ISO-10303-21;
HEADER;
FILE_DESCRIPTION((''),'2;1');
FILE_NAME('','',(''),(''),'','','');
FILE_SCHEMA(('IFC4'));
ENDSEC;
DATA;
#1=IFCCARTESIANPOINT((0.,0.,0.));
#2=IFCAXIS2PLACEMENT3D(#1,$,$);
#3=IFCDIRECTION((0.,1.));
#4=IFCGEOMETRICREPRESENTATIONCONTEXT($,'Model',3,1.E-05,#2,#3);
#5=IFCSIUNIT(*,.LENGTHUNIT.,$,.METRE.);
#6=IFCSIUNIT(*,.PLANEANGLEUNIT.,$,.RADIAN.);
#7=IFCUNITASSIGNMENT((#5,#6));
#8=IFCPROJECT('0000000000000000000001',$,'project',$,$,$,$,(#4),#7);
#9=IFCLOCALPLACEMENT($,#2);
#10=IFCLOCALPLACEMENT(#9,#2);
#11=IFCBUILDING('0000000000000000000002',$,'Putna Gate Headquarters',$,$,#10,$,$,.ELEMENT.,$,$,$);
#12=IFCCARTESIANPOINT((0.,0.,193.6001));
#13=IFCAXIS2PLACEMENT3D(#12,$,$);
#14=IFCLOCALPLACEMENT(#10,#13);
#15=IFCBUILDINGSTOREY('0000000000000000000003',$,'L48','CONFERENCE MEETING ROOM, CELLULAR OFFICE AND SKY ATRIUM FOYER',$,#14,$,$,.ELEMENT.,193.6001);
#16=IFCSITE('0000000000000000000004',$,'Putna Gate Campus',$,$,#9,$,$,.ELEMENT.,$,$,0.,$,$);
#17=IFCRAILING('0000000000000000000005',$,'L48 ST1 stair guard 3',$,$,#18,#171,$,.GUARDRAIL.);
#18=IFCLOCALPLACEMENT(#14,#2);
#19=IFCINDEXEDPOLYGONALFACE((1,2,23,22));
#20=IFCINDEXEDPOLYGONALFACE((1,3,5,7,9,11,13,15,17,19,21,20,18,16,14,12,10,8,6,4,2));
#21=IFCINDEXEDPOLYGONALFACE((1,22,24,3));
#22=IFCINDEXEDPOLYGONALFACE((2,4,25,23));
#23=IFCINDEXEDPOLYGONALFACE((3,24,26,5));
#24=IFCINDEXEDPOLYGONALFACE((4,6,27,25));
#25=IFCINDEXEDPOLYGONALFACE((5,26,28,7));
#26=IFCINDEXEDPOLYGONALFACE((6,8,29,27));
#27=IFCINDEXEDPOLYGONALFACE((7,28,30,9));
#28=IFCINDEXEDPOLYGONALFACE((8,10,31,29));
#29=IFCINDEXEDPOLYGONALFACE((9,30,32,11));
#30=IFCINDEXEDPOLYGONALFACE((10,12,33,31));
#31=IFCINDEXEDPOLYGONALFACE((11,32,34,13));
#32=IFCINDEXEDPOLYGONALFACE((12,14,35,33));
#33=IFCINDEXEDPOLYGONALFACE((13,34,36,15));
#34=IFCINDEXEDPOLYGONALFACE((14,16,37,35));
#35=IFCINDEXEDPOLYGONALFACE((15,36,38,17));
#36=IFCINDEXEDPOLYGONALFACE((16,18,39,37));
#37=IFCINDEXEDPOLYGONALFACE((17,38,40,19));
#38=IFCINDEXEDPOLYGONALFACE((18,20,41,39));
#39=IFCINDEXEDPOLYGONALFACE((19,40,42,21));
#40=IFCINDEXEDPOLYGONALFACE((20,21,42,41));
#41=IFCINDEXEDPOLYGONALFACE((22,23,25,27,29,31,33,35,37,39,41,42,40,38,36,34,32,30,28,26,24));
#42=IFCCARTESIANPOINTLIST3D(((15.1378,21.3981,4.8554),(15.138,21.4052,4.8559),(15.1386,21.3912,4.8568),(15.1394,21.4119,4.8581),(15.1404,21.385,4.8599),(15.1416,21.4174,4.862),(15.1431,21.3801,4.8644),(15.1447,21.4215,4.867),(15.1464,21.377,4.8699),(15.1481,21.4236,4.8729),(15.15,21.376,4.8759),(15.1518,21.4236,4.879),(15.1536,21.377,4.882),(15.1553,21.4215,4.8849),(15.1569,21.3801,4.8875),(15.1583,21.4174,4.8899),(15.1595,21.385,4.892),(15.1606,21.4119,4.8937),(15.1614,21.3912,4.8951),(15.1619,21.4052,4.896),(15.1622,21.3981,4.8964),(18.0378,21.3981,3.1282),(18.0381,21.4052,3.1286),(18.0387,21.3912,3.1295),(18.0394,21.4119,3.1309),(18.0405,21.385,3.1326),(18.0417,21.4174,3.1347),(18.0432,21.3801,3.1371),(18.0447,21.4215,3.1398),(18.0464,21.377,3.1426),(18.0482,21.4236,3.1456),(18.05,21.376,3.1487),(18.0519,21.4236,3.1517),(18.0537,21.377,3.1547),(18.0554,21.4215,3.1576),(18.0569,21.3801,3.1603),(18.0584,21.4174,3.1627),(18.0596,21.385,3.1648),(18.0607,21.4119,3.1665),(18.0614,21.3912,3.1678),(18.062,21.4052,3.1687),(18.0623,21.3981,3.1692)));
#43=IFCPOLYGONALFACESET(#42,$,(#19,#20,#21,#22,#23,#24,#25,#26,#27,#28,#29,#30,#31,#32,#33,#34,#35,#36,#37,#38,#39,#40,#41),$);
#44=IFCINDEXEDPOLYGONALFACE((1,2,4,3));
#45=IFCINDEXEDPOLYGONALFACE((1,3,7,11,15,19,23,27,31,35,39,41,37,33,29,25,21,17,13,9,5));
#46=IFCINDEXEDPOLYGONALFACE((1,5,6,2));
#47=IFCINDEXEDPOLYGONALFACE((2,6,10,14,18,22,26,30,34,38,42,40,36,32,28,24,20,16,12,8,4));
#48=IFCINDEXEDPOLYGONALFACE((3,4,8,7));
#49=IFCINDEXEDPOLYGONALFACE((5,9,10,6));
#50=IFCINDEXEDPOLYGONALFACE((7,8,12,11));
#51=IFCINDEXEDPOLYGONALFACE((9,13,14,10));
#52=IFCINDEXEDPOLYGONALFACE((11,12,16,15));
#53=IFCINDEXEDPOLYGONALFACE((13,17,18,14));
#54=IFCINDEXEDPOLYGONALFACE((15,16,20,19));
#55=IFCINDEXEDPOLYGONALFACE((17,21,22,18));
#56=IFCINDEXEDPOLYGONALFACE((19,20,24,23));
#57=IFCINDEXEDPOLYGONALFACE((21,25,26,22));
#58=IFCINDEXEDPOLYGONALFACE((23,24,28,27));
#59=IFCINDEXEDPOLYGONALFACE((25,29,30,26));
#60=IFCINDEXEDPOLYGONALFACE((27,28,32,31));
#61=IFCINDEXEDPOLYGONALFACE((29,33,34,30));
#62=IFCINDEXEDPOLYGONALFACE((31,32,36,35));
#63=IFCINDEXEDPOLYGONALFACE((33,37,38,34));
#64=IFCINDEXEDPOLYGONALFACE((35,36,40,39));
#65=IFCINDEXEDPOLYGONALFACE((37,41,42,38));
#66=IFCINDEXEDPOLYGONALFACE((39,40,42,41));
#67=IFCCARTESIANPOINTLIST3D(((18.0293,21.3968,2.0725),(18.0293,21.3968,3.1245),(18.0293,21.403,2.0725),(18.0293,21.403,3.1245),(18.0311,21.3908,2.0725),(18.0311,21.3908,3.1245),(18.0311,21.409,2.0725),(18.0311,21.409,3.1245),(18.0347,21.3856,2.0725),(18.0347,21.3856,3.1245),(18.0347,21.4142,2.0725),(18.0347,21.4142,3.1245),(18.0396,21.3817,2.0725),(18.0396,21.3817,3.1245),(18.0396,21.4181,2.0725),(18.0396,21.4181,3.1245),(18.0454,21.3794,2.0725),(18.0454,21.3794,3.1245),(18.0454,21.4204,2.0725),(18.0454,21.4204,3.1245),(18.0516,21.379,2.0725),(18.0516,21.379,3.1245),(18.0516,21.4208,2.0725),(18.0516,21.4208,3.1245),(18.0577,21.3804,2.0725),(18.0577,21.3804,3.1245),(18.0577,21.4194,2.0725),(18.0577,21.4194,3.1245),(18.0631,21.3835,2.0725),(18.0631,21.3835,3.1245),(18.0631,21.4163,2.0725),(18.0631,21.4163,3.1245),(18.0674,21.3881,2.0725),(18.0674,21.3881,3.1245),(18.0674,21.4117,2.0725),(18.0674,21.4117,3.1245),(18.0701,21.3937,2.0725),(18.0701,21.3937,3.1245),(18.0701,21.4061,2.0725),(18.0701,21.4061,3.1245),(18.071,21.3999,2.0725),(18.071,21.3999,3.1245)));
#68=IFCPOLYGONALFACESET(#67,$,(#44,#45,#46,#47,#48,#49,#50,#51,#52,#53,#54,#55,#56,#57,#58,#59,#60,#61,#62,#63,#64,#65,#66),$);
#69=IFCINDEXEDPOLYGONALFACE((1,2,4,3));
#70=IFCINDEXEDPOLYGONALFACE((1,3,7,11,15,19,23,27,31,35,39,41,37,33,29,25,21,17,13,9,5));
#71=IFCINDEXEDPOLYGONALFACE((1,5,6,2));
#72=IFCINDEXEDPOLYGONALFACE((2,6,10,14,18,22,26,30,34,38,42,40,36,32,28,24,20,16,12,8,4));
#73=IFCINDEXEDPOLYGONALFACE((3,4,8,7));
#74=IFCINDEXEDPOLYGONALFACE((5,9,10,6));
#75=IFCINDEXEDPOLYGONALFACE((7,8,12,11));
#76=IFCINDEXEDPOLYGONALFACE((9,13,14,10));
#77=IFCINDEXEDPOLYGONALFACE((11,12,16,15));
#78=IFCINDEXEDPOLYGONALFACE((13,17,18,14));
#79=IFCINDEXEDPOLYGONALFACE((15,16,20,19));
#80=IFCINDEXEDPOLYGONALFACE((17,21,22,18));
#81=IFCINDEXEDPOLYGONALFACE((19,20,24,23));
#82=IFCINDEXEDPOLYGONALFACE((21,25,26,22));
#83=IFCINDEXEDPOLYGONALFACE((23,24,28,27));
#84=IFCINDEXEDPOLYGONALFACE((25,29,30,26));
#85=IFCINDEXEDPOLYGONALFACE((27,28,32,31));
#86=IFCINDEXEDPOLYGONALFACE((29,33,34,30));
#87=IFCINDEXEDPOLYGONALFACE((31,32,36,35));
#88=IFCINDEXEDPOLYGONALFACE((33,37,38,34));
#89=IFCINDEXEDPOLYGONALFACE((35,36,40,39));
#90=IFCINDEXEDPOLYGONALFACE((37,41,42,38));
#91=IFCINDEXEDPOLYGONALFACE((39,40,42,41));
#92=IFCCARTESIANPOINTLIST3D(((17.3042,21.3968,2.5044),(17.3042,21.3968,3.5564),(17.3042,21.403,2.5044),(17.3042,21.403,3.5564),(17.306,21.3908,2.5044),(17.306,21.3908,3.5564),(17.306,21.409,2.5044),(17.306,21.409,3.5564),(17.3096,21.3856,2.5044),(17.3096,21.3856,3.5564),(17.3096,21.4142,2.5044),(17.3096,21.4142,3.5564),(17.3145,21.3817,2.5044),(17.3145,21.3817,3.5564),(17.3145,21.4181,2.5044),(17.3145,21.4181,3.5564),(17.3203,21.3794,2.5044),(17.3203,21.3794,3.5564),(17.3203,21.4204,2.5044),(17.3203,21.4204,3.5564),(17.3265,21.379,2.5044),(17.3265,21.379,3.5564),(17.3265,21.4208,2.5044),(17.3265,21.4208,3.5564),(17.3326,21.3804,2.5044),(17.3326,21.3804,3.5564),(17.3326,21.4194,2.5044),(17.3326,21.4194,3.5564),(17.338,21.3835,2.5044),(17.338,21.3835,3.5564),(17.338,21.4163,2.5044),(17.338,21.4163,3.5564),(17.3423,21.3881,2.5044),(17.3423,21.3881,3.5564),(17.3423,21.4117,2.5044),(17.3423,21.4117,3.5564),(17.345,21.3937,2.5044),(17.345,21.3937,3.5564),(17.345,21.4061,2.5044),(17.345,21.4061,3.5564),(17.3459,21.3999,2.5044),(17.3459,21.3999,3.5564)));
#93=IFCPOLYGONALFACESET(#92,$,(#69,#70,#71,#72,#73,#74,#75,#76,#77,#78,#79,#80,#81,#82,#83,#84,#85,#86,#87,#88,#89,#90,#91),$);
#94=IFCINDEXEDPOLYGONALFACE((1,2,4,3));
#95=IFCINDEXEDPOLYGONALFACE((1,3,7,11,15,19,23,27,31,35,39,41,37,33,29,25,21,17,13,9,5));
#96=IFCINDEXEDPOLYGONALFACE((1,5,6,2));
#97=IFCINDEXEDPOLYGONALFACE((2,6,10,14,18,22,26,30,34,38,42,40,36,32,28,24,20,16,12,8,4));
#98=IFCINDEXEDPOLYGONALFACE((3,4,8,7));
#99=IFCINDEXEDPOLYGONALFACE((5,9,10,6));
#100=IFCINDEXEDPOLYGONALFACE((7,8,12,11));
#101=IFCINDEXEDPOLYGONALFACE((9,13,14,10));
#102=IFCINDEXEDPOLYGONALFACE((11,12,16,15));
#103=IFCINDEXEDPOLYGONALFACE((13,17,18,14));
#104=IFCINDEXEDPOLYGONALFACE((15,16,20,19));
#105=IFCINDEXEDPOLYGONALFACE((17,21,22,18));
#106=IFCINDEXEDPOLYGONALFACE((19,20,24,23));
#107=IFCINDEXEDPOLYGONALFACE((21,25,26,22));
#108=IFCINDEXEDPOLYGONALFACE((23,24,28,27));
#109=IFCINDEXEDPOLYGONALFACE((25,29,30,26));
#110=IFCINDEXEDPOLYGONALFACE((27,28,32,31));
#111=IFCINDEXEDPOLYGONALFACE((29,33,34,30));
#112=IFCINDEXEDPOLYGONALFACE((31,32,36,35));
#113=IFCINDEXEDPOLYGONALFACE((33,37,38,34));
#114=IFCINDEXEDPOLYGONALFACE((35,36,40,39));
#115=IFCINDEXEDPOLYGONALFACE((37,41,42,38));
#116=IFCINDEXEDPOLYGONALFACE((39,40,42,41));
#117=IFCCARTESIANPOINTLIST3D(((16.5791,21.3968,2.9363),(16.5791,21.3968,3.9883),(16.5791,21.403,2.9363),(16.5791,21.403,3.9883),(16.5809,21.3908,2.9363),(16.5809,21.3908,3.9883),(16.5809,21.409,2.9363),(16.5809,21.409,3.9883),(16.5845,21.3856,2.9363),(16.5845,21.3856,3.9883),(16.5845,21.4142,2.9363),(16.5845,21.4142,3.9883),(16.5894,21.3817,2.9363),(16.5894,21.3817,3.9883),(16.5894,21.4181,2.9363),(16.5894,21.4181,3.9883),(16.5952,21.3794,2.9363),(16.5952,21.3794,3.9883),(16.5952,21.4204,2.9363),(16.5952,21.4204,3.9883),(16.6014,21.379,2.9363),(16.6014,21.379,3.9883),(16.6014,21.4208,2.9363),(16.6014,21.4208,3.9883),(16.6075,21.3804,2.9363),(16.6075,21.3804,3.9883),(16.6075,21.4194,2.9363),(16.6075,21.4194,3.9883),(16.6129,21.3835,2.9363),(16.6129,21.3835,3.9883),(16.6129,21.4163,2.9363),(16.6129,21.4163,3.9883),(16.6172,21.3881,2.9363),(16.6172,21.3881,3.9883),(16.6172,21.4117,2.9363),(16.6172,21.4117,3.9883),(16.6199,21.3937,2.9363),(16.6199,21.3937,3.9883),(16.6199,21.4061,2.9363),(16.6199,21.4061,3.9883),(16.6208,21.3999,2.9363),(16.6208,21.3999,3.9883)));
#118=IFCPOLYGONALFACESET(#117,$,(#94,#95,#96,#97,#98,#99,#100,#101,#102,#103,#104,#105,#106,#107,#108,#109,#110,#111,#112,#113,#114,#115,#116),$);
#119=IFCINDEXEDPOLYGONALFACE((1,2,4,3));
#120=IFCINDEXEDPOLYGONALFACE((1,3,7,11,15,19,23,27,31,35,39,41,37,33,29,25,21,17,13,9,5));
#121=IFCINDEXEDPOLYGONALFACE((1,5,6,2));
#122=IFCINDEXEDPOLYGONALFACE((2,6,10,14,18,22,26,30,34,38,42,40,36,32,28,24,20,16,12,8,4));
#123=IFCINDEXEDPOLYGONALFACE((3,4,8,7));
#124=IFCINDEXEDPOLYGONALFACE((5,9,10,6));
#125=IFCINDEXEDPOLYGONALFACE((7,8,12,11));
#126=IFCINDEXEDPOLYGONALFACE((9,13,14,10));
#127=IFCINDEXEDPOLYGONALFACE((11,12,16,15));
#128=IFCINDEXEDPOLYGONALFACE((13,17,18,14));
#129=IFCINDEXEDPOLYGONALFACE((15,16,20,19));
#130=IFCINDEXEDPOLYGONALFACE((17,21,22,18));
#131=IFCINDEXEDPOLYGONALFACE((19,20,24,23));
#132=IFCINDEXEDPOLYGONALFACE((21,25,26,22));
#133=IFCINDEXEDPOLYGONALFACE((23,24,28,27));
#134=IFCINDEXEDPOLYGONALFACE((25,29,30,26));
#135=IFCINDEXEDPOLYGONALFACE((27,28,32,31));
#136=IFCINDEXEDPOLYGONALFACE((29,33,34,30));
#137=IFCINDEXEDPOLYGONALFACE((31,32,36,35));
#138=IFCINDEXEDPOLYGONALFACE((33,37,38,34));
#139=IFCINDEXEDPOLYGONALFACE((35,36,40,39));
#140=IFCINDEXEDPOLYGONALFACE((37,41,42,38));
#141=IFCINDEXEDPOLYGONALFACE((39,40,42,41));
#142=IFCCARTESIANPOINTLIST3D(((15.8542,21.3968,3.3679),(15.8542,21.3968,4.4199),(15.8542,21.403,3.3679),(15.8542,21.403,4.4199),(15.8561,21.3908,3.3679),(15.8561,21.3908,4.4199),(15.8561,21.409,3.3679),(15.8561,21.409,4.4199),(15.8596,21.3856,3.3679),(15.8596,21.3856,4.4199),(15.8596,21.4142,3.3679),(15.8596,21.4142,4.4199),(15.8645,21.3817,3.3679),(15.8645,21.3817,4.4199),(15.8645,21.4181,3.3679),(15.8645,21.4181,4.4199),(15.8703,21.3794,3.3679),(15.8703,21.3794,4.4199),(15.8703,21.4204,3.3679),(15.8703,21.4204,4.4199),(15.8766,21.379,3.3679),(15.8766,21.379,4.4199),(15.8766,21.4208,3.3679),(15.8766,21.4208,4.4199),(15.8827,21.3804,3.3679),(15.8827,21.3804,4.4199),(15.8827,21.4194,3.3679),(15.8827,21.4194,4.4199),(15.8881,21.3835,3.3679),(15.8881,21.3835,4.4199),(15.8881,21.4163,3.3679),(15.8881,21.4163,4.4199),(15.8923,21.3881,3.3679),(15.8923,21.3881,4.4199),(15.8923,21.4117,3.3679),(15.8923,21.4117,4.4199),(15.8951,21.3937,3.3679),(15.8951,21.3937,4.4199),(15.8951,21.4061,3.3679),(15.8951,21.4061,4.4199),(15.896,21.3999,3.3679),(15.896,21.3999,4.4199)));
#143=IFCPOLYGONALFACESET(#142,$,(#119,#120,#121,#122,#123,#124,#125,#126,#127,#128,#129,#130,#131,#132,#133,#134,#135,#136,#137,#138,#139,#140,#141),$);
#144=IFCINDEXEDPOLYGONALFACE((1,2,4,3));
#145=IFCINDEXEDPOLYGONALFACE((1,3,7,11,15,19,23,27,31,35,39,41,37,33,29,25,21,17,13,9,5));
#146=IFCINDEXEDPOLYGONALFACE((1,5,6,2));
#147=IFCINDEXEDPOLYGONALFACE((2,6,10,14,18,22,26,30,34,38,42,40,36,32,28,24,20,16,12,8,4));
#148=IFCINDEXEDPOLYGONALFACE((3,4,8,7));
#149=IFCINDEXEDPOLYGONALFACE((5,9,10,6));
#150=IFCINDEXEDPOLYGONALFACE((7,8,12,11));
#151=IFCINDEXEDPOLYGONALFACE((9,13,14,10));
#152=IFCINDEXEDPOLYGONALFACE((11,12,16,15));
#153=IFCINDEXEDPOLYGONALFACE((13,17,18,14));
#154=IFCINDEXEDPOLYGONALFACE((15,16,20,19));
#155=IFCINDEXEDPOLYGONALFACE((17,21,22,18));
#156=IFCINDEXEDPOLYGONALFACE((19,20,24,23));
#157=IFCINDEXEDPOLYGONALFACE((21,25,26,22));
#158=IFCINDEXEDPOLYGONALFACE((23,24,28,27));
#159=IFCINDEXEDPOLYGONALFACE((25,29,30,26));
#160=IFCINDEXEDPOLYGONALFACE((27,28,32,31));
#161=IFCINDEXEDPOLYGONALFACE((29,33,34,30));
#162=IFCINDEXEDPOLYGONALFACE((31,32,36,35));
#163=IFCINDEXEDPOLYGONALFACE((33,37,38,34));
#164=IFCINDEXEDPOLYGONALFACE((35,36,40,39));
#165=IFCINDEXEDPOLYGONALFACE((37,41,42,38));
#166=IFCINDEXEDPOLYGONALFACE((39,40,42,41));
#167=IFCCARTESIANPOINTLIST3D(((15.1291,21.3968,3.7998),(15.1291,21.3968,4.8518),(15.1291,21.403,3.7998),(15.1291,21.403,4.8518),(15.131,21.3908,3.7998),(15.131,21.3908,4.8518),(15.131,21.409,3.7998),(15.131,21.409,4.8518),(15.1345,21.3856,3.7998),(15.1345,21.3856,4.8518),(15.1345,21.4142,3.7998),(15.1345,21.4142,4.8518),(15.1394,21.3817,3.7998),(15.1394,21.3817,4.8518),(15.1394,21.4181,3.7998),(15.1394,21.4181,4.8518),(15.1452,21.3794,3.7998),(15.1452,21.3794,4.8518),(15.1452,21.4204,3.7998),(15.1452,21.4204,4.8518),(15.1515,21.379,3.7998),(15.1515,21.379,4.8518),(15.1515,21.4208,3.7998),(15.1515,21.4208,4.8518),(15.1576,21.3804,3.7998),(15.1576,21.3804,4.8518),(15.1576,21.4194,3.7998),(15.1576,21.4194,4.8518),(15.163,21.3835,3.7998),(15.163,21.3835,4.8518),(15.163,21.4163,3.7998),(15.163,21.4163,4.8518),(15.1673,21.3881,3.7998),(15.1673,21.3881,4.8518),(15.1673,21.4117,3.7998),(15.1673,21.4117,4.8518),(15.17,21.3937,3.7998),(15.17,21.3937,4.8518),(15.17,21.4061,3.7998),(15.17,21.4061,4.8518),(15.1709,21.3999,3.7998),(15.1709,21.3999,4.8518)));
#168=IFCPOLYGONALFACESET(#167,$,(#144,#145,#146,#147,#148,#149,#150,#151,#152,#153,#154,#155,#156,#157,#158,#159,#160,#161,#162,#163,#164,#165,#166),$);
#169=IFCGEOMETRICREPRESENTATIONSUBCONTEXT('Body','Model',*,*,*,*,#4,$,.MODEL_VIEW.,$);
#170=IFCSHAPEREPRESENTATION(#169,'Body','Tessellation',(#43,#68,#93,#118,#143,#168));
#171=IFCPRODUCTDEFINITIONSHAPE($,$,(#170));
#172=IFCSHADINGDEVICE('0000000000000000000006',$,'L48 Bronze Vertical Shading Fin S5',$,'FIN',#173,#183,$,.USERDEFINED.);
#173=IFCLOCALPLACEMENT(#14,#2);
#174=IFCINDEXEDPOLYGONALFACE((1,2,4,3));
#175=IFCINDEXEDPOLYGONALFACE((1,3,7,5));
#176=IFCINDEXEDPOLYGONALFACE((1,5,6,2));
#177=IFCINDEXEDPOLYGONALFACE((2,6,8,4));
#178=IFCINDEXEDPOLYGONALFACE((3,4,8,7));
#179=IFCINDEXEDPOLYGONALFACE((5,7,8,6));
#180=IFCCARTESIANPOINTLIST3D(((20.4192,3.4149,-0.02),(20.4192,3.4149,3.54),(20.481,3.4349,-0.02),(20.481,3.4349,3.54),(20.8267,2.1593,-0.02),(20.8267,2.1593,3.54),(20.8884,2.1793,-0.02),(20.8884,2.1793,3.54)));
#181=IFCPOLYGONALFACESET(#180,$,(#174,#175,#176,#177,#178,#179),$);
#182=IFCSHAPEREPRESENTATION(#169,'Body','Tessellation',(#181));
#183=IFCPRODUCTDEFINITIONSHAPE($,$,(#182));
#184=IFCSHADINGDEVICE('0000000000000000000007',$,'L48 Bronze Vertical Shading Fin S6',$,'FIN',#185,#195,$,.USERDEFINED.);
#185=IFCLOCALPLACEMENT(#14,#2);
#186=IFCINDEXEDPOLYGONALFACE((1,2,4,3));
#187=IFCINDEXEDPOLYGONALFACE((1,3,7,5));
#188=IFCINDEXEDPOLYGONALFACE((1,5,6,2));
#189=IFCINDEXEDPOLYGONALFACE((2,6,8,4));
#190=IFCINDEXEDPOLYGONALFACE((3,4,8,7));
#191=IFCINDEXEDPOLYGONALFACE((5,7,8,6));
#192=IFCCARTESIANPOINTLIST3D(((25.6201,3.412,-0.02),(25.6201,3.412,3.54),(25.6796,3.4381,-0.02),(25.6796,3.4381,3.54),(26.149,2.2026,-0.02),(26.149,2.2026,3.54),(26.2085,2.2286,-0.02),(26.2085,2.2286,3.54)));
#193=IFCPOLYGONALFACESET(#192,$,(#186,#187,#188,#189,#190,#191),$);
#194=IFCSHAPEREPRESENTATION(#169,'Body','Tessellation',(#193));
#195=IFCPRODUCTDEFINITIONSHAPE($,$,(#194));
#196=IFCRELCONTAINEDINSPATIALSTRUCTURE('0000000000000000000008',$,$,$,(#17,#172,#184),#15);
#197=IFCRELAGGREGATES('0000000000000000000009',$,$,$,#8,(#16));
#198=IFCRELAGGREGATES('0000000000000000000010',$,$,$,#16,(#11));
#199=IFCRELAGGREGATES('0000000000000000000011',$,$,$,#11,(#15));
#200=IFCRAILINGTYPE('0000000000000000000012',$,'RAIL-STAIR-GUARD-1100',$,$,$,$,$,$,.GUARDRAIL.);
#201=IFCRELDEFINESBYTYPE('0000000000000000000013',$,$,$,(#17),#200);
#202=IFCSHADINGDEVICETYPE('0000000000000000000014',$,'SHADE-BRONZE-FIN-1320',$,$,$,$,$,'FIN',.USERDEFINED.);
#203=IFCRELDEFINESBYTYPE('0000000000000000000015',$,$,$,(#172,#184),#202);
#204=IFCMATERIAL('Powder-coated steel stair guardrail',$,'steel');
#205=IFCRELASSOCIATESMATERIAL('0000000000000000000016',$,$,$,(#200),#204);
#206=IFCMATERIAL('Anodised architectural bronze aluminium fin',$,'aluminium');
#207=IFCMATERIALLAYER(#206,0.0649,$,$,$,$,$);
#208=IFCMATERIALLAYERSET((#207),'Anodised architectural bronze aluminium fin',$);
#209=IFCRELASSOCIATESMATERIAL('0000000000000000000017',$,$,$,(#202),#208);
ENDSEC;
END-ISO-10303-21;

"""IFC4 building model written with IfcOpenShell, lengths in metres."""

from ifc_helpers import new_model, si_unit, direction, frame, origin, origin_2d, place, context, subcontext, project, spatial, rectangle, circle, extrude, material, layer, layer_set, type_object, element, save


model = new_model("IFC4")

# Units and contexts
model_context = context("Model", 3, precision=1e-05, world=origin(), true_north=direction((0.0, 1.0)))
body_context = subcontext(model_context, "Body", "Model", "MODEL_VIEW")
ifc_project = project(units=[si_unit("LENGTHUNIT", "METRE"), si_unit("PLANEANGLEUNIT", "RADIAN")], contexts=[model_context])

# Site, building, storey
site_placement = place(None, origin())
site = spatial("IfcSite", under=ifc_project, at=site_placement, Name="Putna Gate Campus", CompositionType="ELEMENT", RefElevation=0.0)
building_placement = place(site_placement, origin())
building = spatial("IfcBuilding", under=site, at=building_placement, Name="Putna Gate Headquarters", CompositionType="ELEMENT")
storey_placement = place(building_placement, frame((0.0, 0.0, 193.6001)))
storey = spatial("IfcBuildingStorey", under=building, at=storey_placement, Name="L48", Description="CONFERENCE MEETING ROOM, CELLULAR OFFICE AND SKY ATRIUM FOYER", CompositionType="ELEMENT", Elevation=193.6001)

# Railing
ifc_material_1 = material(Name="Powder-coated steel stair guardrail", Category="steel")
railing_type = type_object("IfcRailingType", Name="RAIL-STAIR-GUARD-1100", PredefinedType="GUARDRAIL", material=ifc_material_1)
railing_1_placement = place(storey_placement, frame((18.05, 21.3999, 2.0725)))
element("IfcRailing", 1, at=railing_1_placement, inside=storey, type_object=railing_type, Name="L48 ST1 stair guard 3", PredefinedType="GUARDRAIL", context=body_context, shape_type="SweptSolid", body=[
    extrude(circle(Radius=0.0239, at=origin_2d()), frame((0.0, 0.0, 1.0762), z_axis=(-0.85916, 0.0, 0.511706), x_axis=(0.0, -1.0, 0.0)), (0.0, 0.0, 1.0), 3.3755),
    extrude(circle(Radius=0.021, at=origin_2d()), origin(), (0.0, 0.0, 1.0), 1.052),
    extrude(circle(Radius=0.021, at=origin_2d()), frame((-0.7251, 0.0, 0.4319)), (0.0, 0.0, 1.0), 1.052),
    extrude(circle(Radius=0.021, at=origin_2d()), frame((-1.4502, 0.0, 0.8638)), (0.0, 0.0, 1.0), 1.052),
    extrude(circle(Radius=0.021, at=origin_2d()), frame((-2.175, 0.0, 1.2954)), (0.0, 0.0, 1.0), 1.052),
    extrude(circle(Radius=0.021, at=origin_2d()), frame((-2.9001, 0.0, 1.7273)), (0.0, 0.0, 1.0), 1.052),
])

# Shading devices
ifc_material_2 = material(Name="Anodised architectural bronze aluminium fin", Category="aluminium")
ifc_layer_1 = layer(ifc_material_2, 0.0649)
ifc_layer_set_1 = layer_set([ifc_layer_1], Name="Anodised architectural bronze aluminium fin")
shading_device_type = type_object("IfcShadingDeviceType", Name="SHADE-BRONZE-FIN-1320", ElementType="FIN", PredefinedType="USERDEFINED", material=ifc_layer_set_1)
for number, where, z_axis, x_axis, name in (
    (2, (20.6538, 2.7971, -0.02), (0.0, 0.0, 1.0), (0.308685, -0.951164, 0.0), "L48 Bronze Vertical Shading Fin S5"),
    (3, (25.9143, 2.8203, -0.02), (0.0, 0.0, 1.0), (0.400669, -0.916223, 0.0), "L48 Bronze Vertical Shading Fin S6"),
):
    element("IfcShadingDevice", number, at=place(storey_placement, frame(where, z_axis=z_axis, x_axis=x_axis)), inside=storey, type_object=shading_device_type, Name=name, ObjectType="FIN", PredefinedType="USERDEFINED", context=body_context, shape_type="SweptSolid", body=[
        extrude(rectangle(XDim=1.3201, YDim=0.0649, at=origin_2d()), origin(), (0.0, 0.0, 1.0), 3.5601),
    ])

save(model, "model.ifc")
